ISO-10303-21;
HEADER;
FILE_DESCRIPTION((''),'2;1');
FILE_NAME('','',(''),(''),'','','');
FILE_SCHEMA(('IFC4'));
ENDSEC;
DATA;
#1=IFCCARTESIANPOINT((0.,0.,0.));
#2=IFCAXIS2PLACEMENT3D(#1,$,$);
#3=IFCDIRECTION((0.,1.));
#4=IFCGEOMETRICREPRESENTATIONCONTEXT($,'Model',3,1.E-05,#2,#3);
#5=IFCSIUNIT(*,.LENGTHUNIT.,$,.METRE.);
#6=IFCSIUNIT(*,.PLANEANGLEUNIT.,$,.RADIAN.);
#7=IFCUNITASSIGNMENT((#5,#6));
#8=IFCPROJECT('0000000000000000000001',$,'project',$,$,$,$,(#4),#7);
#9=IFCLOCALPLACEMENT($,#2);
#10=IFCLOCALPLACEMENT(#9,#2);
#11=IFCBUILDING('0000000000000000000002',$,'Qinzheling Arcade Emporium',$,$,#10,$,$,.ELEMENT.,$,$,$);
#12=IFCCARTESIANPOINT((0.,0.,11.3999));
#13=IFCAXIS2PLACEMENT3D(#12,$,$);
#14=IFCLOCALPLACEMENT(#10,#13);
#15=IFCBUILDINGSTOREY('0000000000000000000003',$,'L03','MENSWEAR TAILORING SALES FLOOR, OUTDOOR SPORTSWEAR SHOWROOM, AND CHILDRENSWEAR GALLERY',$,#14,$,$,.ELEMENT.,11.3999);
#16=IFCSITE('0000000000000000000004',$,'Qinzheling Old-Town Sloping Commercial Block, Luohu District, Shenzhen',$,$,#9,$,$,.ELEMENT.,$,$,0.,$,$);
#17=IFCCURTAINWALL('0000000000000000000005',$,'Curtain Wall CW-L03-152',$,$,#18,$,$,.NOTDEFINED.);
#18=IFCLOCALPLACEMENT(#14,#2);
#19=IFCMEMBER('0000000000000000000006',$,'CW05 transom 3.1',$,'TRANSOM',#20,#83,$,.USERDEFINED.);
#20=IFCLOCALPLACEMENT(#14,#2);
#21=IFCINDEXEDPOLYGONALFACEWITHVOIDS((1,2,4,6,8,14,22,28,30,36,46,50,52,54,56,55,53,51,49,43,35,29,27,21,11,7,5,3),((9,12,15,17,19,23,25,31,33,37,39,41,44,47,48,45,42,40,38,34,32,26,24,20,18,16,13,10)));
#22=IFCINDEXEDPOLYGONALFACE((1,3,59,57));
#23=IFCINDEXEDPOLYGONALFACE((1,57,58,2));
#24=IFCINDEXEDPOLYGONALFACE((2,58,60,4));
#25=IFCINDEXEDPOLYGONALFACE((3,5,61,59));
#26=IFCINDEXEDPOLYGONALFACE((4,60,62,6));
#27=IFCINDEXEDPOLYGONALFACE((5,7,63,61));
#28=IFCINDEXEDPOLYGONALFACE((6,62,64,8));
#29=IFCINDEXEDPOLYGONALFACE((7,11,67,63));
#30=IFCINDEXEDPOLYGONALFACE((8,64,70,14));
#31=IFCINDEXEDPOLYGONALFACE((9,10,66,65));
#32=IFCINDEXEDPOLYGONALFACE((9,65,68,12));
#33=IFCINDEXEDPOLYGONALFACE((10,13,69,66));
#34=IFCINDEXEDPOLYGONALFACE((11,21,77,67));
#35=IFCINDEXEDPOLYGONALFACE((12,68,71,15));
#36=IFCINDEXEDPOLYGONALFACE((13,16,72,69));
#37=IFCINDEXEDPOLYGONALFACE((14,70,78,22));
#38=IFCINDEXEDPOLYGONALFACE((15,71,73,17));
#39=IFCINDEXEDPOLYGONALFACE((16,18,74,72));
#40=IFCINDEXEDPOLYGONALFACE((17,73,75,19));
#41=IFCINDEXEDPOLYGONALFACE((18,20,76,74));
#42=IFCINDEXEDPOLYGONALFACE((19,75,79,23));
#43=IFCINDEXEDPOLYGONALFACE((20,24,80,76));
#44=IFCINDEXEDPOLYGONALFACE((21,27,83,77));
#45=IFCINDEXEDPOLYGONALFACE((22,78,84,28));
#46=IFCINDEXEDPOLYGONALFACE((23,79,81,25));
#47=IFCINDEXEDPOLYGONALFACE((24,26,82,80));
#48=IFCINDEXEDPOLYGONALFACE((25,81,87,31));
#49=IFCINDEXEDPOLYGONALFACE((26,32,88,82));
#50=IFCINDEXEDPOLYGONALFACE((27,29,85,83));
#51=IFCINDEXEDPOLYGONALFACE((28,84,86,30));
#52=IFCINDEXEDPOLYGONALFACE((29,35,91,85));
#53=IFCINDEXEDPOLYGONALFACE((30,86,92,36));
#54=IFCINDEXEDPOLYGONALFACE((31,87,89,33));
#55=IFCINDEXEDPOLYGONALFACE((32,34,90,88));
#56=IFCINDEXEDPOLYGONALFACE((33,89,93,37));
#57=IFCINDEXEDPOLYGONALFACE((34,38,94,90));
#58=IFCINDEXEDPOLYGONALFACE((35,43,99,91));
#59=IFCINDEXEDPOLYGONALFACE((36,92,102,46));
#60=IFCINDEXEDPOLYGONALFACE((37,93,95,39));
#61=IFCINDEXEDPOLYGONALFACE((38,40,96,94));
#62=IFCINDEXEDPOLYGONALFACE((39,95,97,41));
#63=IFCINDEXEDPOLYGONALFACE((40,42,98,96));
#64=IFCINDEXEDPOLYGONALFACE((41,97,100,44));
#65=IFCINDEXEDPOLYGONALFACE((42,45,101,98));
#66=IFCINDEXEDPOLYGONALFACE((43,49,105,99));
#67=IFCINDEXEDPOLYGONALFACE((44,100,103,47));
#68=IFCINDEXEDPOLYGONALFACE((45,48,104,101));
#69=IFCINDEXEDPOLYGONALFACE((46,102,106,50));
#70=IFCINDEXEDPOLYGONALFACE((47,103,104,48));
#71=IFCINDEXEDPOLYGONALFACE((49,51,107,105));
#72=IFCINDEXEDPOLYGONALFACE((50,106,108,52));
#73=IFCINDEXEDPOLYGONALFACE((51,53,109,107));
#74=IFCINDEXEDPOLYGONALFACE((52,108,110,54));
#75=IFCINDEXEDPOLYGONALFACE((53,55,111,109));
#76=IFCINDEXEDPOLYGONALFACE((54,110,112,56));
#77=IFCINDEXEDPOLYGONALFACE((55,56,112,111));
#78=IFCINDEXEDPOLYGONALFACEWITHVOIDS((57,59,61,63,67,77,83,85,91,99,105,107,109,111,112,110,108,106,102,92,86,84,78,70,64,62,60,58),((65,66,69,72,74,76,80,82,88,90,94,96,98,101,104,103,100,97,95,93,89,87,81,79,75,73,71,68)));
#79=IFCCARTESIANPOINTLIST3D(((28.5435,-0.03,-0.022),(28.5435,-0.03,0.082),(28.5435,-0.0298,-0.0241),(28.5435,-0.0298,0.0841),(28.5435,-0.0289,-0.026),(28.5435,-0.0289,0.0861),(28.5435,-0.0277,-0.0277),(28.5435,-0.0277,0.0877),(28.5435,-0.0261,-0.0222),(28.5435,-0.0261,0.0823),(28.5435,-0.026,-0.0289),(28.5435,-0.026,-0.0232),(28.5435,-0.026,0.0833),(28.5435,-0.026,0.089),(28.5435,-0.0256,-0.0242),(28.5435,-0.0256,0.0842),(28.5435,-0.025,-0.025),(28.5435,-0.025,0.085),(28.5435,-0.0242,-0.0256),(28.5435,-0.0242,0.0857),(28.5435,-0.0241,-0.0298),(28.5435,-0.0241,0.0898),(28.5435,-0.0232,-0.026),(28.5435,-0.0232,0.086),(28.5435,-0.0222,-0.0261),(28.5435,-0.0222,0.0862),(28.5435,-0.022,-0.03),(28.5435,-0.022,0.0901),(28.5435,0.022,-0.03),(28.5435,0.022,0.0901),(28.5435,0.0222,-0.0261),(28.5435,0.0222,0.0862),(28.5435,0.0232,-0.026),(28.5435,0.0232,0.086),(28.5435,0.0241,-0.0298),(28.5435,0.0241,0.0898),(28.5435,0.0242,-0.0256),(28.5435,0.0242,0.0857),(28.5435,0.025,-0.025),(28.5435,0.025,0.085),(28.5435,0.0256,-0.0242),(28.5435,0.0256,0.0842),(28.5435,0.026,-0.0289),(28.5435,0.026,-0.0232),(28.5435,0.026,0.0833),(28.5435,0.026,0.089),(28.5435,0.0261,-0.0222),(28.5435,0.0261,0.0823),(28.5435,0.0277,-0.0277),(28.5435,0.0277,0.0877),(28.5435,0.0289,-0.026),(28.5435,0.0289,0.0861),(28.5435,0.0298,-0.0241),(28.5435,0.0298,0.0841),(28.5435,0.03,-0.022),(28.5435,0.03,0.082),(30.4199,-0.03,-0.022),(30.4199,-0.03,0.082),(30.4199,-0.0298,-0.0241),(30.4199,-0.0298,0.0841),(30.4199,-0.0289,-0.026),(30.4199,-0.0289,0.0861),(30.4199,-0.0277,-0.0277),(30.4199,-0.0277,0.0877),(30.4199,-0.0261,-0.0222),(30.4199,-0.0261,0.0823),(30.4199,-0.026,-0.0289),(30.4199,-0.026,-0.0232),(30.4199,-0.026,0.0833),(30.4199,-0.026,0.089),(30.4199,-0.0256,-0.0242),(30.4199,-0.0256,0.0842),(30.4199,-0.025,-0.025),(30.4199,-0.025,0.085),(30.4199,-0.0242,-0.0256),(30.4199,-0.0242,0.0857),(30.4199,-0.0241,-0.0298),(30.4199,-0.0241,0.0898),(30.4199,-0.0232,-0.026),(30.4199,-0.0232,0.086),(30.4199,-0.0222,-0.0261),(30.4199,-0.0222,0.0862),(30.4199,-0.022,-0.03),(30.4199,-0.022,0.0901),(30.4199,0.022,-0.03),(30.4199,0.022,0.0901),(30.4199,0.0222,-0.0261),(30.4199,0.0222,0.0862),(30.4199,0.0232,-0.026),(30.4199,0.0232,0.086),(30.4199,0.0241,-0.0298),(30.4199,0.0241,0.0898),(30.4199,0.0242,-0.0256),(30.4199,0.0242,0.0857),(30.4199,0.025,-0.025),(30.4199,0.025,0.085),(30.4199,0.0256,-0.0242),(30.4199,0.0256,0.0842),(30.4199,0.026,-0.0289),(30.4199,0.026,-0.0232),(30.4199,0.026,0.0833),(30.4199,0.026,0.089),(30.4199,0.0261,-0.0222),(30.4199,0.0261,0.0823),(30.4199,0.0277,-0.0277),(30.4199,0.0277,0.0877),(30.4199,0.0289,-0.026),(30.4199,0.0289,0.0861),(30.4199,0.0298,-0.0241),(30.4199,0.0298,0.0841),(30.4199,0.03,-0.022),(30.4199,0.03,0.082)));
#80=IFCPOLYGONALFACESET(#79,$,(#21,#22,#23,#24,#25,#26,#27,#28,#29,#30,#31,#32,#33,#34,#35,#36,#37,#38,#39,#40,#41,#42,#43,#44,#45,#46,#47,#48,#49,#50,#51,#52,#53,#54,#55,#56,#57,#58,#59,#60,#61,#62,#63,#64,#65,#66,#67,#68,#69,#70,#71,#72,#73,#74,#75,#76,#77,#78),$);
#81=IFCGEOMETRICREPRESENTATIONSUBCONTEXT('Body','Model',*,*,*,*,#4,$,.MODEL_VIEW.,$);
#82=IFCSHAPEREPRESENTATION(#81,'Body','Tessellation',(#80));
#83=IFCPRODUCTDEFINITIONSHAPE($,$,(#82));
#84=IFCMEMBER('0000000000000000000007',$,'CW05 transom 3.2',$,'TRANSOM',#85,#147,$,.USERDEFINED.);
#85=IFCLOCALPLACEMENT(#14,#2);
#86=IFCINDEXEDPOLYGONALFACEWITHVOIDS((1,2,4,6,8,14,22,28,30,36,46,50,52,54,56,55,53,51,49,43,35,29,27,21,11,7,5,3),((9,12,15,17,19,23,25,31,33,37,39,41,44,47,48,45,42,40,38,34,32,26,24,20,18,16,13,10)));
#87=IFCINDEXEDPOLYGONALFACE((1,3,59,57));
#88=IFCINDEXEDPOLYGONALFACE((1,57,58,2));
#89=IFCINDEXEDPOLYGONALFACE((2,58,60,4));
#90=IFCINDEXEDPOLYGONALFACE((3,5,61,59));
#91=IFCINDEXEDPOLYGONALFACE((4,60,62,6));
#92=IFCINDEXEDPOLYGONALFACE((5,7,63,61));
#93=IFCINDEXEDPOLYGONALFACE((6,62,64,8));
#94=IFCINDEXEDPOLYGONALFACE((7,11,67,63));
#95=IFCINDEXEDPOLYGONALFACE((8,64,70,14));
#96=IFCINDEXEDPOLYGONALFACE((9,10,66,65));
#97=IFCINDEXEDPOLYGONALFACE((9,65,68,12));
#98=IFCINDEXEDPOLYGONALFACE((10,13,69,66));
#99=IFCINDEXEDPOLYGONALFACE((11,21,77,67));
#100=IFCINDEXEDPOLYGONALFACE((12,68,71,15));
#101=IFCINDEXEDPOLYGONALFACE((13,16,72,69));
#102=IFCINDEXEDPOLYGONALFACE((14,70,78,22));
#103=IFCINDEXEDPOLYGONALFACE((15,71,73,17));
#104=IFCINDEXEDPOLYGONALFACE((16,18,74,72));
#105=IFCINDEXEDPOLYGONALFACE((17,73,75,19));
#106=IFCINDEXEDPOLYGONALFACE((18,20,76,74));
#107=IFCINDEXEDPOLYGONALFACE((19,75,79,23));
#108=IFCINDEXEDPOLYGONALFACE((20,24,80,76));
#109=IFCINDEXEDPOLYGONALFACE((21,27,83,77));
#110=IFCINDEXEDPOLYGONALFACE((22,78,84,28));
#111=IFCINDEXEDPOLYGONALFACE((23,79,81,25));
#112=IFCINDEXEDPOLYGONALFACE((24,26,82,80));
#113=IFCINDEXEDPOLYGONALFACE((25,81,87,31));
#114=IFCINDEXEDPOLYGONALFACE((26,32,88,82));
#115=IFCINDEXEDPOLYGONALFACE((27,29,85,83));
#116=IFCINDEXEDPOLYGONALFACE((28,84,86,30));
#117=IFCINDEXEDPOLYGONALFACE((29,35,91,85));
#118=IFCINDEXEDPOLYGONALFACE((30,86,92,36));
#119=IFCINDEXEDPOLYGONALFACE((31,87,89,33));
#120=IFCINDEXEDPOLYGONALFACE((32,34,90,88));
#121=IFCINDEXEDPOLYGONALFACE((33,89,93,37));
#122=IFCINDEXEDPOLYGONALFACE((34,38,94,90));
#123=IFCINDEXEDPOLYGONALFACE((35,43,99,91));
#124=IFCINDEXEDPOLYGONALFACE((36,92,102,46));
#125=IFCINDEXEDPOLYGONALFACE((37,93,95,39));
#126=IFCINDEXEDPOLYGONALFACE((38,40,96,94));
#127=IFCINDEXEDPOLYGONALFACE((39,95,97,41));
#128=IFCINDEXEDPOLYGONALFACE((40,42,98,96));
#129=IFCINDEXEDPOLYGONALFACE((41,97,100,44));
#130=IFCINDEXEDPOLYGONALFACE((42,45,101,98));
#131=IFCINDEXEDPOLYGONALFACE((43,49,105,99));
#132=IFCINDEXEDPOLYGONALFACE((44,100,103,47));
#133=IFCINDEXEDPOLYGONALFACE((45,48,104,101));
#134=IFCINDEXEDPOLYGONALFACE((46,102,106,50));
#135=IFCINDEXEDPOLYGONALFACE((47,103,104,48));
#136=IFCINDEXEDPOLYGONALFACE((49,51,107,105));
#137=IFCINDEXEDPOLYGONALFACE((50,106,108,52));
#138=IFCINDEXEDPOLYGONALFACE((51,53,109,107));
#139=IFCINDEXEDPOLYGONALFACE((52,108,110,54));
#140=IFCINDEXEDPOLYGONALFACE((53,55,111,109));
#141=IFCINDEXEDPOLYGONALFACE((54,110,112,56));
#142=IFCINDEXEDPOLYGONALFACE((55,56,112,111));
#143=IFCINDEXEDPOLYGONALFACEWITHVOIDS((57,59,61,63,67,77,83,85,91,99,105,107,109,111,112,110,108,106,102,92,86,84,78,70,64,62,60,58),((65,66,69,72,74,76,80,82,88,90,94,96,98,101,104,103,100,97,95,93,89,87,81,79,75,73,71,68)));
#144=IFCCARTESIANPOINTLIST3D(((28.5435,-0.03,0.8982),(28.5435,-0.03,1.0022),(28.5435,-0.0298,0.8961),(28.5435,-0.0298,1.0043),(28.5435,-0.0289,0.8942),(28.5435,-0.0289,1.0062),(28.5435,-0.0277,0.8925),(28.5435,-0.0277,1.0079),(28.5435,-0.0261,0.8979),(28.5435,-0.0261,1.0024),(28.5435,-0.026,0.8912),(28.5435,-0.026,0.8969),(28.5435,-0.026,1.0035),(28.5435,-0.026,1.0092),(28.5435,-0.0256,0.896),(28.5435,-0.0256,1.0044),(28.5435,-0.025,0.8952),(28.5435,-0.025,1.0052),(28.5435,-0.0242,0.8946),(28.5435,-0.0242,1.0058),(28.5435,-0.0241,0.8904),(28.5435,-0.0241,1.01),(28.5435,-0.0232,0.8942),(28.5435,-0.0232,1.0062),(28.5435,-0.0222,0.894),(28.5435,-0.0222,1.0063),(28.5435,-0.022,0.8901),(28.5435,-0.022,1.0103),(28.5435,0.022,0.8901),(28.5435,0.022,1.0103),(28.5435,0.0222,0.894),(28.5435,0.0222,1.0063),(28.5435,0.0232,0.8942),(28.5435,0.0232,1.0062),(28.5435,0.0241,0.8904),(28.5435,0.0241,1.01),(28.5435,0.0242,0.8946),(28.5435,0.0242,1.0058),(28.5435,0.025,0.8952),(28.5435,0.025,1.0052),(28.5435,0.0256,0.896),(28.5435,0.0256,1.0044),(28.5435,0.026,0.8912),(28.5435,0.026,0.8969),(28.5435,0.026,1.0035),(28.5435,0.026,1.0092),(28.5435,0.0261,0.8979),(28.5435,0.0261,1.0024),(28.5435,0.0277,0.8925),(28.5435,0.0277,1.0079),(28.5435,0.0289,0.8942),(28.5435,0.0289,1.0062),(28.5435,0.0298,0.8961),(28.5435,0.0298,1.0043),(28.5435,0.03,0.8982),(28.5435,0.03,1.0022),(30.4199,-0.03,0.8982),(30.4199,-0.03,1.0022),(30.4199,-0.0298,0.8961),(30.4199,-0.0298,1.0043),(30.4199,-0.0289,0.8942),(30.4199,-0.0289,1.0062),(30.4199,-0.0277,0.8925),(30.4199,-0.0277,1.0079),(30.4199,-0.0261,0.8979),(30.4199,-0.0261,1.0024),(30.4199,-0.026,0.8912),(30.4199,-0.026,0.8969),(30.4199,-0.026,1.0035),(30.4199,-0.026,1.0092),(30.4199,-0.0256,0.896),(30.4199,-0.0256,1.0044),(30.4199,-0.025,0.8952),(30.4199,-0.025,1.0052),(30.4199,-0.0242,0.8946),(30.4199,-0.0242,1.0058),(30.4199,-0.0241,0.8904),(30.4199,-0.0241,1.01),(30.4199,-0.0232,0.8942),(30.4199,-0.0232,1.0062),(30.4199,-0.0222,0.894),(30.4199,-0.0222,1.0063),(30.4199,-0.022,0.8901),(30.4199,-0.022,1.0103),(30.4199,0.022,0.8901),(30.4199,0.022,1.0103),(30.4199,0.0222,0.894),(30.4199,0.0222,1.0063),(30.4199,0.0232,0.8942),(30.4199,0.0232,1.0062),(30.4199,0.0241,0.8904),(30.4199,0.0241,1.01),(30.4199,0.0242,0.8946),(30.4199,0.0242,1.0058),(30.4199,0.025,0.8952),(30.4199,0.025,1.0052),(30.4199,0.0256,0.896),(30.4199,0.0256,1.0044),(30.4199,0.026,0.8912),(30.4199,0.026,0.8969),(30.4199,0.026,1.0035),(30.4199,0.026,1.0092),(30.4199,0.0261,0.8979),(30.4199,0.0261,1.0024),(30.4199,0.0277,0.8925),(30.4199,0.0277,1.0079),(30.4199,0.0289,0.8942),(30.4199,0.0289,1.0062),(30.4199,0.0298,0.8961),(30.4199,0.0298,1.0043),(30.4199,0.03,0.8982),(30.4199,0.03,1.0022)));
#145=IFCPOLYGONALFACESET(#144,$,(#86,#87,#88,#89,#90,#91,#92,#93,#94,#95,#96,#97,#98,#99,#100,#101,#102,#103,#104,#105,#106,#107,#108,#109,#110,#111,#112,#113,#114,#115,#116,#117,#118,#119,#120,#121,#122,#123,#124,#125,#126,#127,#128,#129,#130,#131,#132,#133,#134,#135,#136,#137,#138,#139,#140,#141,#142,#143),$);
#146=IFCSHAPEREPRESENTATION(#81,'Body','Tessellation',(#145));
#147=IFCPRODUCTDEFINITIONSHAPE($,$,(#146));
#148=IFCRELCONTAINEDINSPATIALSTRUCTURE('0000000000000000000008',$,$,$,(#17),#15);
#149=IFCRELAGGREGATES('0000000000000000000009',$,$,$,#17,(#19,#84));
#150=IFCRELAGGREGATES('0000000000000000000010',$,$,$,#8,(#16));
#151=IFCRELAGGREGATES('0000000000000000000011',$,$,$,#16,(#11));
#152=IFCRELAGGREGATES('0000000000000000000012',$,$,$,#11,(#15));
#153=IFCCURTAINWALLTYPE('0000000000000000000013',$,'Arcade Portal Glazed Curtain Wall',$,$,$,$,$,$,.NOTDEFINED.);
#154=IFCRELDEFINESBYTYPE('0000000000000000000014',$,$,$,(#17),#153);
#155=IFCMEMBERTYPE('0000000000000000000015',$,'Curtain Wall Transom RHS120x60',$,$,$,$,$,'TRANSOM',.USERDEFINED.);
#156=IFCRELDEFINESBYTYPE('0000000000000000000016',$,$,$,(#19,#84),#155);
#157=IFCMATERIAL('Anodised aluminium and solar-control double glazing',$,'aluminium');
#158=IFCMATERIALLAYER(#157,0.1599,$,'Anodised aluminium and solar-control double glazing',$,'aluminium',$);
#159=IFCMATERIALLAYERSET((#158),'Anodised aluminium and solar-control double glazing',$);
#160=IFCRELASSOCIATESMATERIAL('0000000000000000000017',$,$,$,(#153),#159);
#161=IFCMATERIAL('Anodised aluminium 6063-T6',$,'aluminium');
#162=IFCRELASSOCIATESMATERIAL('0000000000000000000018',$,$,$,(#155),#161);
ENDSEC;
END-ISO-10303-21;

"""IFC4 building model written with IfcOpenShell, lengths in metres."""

from ifc_helpers import new_model, si_unit, direction, frame, origin, origin_2d, place, context, subcontext, project, spatial, hollow_rectangle, extrude, material, layer, layer_set, material_profile, profile_set, type_object, element, aggregate, save


model = new_model("IFC4")

# Units and contexts
model_context = context("Model", 3, precision=1e-05, world=origin(), true_north=direction((0.0, 1.0)))
body_context = subcontext(model_context, "Body", "Model", "MODEL_VIEW")
ifc_project = project(units=[si_unit("LENGTHUNIT", "METRE"), si_unit("PLANEANGLEUNIT", "RADIAN")], contexts=[model_context])

# Site, building, storey
site_placement = place(None, origin())
site = spatial("IfcSite", under=ifc_project, at=site_placement, Name="Qinzheling Old-Town Sloping Commercial Block, Luohu District, Shenzhen", CompositionType="ELEMENT", RefElevation=0.0)
building_placement = place(site_placement, origin())
building = spatial("IfcBuilding", under=site, at=building_placement, Name="Qinzheling Arcade Emporium", CompositionType="ELEMENT")
storey_placement = place(building_placement, frame((0.0, 0.0, 11.3999)))
storey = spatial("IfcBuildingStorey", under=building, at=storey_placement, Name="L03", Description="MENSWEAR TAILORING SALES FLOOR, OUTDOOR SPORTSWEAR SHOWROOM, AND CHILDRENSWEAR GALLERY", CompositionType="ELEMENT", Elevation=11.3999)

# Curtain wall, members
ifc_material_1 = material(Name="Anodised aluminium and solar-control double glazing", Category="aluminium")
ifc_layer_1 = layer(ifc_material_1, 0.1599, Name="Anodised aluminium and solar-control double glazing", Category="aluminium")
ifc_layer_set_1 = layer_set([ifc_layer_1], Name="Anodised aluminium and solar-control double glazing")
curtain_wall_type = type_object("IfcCurtainWallType", Name="Arcade Portal Glazed Curtain Wall", PredefinedType="NOTDEFINED", material=ifc_layer_set_1)
curtain_wall_placement = place(storey_placement, origin())
curtain_wall = element("IfcCurtainWall", 1, at=curtain_wall_placement, inside=storey, type_object=curtain_wall_type, Name="Curtain Wall CW-L03-152", PredefinedType="NOTDEFINED")
ifc_material_2 = material(Name="Anodised aluminium 6063-T6", Category="aluminium")
ifc_material_profile_1 = material_profile(ifc_material_2, hollow_rectangle(XDim=0.0601, YDim=0.1201, WallThickness=0.0039, InnerFilletRadius=0.0039, OuterFilletRadius=0.0081, at=origin_2d()), Name="RHS 120x60x4", Category="aluminium")
ifc_profile_set_1 = profile_set([ifc_material_profile_1], Name="Anodised aluminium 6063-T6")
member_type_1 = type_object("IfcMemberType", Name="Curtain Wall Transom RHS120x60", ElementType="TRANSOM", PredefinedType="USERDEFINED", material=ifc_profile_set_1)
member_1_placement = place(storey_placement, frame((30.4199, 0.0, 0.03), z_axis=(-1.0, 0.0, 0.0), x_axis=(0.0, -1.0, 0.0)))
member_1 = element("IfcMember", 2, at=member_1_placement, type_object=member_type_1, Name="CW05 transom 3.1", ObjectType="TRANSOM", PredefinedType="USERDEFINED", context=body_context, shape_type="SweptSolid", body=[
    extrude(hollow_rectangle(XDim=0.0601, YDim=0.1201, WallThickness=0.0039, InnerFilletRadius=0.0039, OuterFilletRadius=0.0081, at=origin_2d()), origin(), (0.0, 0.0, 1.0), 1.8765),
])
member_2_placement = place(storey_placement, frame((30.4199, 0.0, 0.9502), z_axis=(-1.0, 0.0, 0.0), x_axis=(0.0, -1.0, 0.0)))
member_2 = element("IfcMember", 3, at=member_2_placement, type_object=member_type_1, Name="CW05 transom 3.2", ObjectType="TRANSOM", PredefinedType="USERDEFINED", context=body_context, shape_type="SweptSolid", body=[
    extrude(hollow_rectangle(XDim=0.0601, YDim=0.1201, WallThickness=0.0039, InnerFilletRadius=0.0039, OuterFilletRadius=0.0081, at=origin_2d()), origin(), (0.0, 0.0, 1.0), 1.8765),
])

aggregate(curtain_wall, [member_1, member_2])

save(model, "model.ifc")
